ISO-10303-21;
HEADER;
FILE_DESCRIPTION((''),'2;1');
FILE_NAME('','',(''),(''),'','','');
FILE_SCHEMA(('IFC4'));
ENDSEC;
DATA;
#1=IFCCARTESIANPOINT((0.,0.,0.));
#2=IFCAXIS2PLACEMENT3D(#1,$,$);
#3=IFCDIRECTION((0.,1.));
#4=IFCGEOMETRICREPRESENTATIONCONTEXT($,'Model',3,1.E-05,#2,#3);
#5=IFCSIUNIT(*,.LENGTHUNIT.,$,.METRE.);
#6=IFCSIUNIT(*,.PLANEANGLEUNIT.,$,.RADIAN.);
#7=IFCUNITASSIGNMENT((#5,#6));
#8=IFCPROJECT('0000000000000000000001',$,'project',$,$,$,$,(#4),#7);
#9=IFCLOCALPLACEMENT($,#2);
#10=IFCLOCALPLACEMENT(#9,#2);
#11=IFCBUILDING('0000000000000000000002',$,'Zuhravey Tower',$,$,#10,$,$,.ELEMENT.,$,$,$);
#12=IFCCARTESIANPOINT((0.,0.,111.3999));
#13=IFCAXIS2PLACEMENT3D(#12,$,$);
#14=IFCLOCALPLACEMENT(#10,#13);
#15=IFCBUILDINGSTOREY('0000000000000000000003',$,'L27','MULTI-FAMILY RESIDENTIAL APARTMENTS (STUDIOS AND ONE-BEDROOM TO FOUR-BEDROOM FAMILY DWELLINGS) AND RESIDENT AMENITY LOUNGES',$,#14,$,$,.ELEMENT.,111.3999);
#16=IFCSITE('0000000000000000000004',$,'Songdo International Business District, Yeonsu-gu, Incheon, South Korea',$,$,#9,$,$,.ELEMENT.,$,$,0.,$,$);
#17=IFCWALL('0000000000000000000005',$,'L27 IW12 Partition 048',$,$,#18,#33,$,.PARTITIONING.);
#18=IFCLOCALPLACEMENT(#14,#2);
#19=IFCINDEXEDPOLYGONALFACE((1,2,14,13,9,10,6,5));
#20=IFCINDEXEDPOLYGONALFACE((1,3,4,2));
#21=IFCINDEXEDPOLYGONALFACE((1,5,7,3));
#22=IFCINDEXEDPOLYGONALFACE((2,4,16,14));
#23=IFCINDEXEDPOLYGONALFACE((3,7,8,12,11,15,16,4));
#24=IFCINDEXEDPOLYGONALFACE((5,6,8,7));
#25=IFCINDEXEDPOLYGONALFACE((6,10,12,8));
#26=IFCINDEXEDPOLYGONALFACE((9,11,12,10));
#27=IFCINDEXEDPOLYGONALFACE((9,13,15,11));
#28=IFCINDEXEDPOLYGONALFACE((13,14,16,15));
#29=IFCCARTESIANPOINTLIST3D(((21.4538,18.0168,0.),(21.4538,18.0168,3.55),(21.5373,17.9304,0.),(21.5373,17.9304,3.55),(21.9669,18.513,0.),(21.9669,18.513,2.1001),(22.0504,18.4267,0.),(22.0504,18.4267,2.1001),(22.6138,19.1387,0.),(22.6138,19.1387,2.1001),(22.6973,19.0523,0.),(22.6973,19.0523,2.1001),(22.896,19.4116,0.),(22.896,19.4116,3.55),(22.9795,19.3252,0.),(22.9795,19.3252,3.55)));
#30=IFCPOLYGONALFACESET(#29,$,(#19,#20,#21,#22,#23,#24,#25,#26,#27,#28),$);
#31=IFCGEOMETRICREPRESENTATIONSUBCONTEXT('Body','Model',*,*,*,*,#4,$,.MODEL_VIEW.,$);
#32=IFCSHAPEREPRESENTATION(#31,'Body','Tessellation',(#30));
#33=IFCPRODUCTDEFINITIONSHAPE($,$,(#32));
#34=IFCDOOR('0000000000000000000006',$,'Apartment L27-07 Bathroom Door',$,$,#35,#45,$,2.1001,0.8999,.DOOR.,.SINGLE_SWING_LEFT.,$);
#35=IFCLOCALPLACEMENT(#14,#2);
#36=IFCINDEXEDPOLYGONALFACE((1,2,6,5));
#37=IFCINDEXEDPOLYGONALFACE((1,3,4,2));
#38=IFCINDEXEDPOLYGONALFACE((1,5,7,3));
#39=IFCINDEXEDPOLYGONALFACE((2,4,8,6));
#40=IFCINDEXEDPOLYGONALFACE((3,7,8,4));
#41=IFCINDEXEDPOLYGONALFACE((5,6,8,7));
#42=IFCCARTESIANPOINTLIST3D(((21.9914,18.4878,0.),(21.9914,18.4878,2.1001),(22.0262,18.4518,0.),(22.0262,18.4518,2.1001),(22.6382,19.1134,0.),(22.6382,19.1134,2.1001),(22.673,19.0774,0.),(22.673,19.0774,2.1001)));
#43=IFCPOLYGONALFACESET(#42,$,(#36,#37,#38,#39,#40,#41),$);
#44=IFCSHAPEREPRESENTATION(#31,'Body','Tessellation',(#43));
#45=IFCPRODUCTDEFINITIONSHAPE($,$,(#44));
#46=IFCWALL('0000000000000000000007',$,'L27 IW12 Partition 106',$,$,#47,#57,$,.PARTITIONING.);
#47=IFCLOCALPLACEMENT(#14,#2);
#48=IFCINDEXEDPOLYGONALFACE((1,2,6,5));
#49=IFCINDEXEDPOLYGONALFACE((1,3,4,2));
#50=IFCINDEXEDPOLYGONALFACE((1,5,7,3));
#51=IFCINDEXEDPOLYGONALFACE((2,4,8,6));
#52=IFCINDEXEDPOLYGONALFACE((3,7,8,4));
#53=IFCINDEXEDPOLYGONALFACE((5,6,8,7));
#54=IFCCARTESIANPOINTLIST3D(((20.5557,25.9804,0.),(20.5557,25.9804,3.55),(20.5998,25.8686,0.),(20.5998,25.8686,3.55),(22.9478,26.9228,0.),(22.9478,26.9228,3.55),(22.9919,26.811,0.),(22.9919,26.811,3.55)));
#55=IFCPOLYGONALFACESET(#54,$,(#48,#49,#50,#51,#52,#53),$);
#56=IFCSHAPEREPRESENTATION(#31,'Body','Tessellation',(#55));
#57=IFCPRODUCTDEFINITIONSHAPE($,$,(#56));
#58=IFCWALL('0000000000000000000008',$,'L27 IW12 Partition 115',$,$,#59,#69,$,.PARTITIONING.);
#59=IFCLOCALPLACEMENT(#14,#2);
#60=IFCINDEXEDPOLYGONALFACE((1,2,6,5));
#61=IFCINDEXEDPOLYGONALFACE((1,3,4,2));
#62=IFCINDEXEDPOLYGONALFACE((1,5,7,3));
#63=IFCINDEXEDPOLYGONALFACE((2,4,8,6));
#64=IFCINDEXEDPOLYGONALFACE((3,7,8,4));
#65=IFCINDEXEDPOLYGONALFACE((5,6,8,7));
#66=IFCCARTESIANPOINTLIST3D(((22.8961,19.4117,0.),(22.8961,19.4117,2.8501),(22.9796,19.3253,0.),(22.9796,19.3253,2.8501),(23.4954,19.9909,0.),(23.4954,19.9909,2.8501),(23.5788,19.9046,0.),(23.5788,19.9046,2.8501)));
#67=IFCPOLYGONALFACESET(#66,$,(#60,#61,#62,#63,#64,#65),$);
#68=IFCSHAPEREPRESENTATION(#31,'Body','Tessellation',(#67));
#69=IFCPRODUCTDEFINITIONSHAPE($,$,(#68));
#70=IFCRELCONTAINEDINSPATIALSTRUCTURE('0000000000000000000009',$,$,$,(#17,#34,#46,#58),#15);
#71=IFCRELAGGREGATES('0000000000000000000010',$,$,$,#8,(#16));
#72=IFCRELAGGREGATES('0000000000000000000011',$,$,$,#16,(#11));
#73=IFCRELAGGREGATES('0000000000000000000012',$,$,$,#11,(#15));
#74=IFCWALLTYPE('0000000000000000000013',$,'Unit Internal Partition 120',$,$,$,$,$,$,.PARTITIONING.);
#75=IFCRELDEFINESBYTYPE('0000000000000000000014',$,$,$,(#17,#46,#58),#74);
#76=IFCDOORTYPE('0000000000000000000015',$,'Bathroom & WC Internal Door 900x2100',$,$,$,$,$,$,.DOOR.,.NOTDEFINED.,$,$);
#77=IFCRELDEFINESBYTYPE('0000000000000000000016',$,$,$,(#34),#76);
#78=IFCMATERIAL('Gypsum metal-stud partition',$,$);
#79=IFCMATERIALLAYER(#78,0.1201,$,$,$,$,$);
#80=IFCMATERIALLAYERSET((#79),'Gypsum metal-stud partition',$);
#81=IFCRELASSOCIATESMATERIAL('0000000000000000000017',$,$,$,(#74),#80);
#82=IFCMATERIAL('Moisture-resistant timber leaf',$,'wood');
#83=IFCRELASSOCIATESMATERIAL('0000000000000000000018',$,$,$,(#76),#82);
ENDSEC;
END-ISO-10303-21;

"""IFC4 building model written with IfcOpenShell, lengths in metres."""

from ifc_helpers import new_model, si_unit, direction, frame, frame_2d, origin, place, context, subcontext, project, spatial, rectangle, extrude, material, layer, layer_set, type_object, element, fill, save


model = new_model("IFC4")

# Units and contexts
model_context = context("Model", 3, precision=1e-05, world=origin(), true_north=direction((0.0, 1.0)))
body_context = subcontext(model_context, "Body", "Model", "MODEL_VIEW")
ifc_project = project(units=[si_unit("LENGTHUNIT", "METRE"), si_unit("PLANEANGLEUNIT", "RADIAN")], contexts=[model_context])

# Site, building, storey
site_placement = place(None, origin())
site = spatial("IfcSite", under=ifc_project, at=site_placement, Name="Songdo International Business District, Yeonsu-gu, Incheon, South Korea", CompositionType="ELEMENT", RefElevation=0.0)
building_placement = place(site_placement, origin())
building = spatial("IfcBuilding", under=site, at=building_placement, Name="Zuhravey Tower", CompositionType="ELEMENT")
storey_placement = place(building_placement, frame((0.0, 0.0, 111.3999)))
storey = spatial("IfcBuildingStorey", under=building, at=storey_placement, Name="L27", Description="MULTI-FAMILY RESIDENTIAL APARTMENTS (STUDIOS AND ONE-BEDROOM TO FOUR-BEDROOM FAMILY DWELLINGS) AND RESIDENT AMENITY LOUNGES", CompositionType="ELEMENT", Elevation=111.3999)

# Wall, opening, door
ifc_material_1 = material(Name="Gypsum metal-stud partition")
ifc_layer_1 = layer(ifc_material_1, 0.1201)
ifc_layer_set_1 = layer_set([ifc_layer_1], Name="Gypsum metal-stud partition")
wall_type_1 = type_object("IfcWallType", Name="Unit Internal Partition 120", PredefinedType="PARTITIONING", material=ifc_layer_set_1)
wall_1_placement = place(storey_placement, frame((22.9377, 19.3684, 0.0), z_axis=(0.0, 0.0, 1.0), x_axis=(-0.718812, -0.695205, 0.0)))
wall_1 = element("IfcWall", 1, at=wall_1_placement, inside=storey, type_object=wall_type_1, Name="L27 IW12 Partition 048", PredefinedType="PARTITIONING", context=body_context, shape_type="SweptSolid", body=[
    extrude(rectangle(XDim=2.0063, YDim=0.1201, at=frame_2d((1.0032, 0.0))), origin(), (0.0, 0.0, 1.0), 3.55),
])
opening_1_placement = place(wall_1_placement, frame((0.3926, 0.0, 0.0)))
opening_1 = element("IfcOpeningElement", 2, at=opening_1_placement, cuts=wall_1, PredefinedType="OPENING", context=body_context, shape_type="SweptSolid", body=[
    extrude(rectangle(XDim=0.8999, YDim=2.1001, at=frame_2d((0.45, 1.05))), frame((0.0, 0.072, 0.0), z_axis=(0.0, -1.0, 0.0), x_axis=(1.0, 0.0, 0.0)), (0.0, 0.0, 1.0), 0.144),
])
ifc_material_2 = material(Name="Moisture-resistant timber leaf", Category="wood")
door_type_1 = type_object("IfcDoorType", Name="Bathroom & WC Internal Door 900x2100", OperationType="NOTDEFINED", PredefinedType="DOOR", material=ifc_material_2)
door_1_placement = place(opening_1_placement, frame((0.8999, 0.0, 0.0), z_axis=(0.0, 0.0, 1.0), x_axis=(-1.0, 0.0, 0.0)))
door_1 = element("IfcDoor", 3, at=door_1_placement, inside=storey, type_object=door_type_1, Name="Apartment L27-07 Bathroom Door", OperationType="SINGLE_SWING_LEFT", OverallHeight=2.1001, OverallWidth=0.8999, PredefinedType="DOOR", context=body_context, shape_type="SweptSolid", body=[
    extrude(rectangle(XDim=0.8999, YDim=2.1001, at=frame_2d((0.45, 1.05))), frame((0.0, 0.0249, 0.0), z_axis=(0.0, -1.0, 0.0), x_axis=(1.0, 0.0, 0.0)), (0.0, 0.0, 1.0), 0.05),
])
fill(opening_1, door_1)

# Walls
wall_2_placement = place(storey_placement, frame((22.97, 26.8669, 0.0), z_axis=(0.0, 0.0, 1.0), x_axis=(-0.930403, -0.366539, 0.0)))
element("IfcWall", 4, at=wall_2_placement, inside=storey, type_object=wall_type_1, Name="L27 IW12 Partition 106", PredefinedType="PARTITIONING", context=body_context, shape_type="SweptSolid", body=[
    extrude(rectangle(XDim=2.571, YDim=0.1201, at=frame_2d((1.2856, 0.0))), origin(), (0.0, 0.0, 1.0), 3.55),
])
wall_3_placement = place(storey_placement, frame((23.5371, 19.9478, 0.0), z_axis=(0.0, 0.0, 1.0), x_axis=(-0.719013, -0.694997, 0.0)))
element("IfcWall", 5, at=wall_3_placement, inside=storey, type_object=wall_type_1, Name="L27 IW12 Partition 115", PredefinedType="PARTITIONING", context=body_context, shape_type="SweptSolid", body=[
    extrude(rectangle(XDim=0.8335, YDim=0.1201, at=frame_2d((0.4167, 0.0))), origin(), (0.0, 0.0, 1.0), 2.8501),
])

save(model, "model.ifc")
